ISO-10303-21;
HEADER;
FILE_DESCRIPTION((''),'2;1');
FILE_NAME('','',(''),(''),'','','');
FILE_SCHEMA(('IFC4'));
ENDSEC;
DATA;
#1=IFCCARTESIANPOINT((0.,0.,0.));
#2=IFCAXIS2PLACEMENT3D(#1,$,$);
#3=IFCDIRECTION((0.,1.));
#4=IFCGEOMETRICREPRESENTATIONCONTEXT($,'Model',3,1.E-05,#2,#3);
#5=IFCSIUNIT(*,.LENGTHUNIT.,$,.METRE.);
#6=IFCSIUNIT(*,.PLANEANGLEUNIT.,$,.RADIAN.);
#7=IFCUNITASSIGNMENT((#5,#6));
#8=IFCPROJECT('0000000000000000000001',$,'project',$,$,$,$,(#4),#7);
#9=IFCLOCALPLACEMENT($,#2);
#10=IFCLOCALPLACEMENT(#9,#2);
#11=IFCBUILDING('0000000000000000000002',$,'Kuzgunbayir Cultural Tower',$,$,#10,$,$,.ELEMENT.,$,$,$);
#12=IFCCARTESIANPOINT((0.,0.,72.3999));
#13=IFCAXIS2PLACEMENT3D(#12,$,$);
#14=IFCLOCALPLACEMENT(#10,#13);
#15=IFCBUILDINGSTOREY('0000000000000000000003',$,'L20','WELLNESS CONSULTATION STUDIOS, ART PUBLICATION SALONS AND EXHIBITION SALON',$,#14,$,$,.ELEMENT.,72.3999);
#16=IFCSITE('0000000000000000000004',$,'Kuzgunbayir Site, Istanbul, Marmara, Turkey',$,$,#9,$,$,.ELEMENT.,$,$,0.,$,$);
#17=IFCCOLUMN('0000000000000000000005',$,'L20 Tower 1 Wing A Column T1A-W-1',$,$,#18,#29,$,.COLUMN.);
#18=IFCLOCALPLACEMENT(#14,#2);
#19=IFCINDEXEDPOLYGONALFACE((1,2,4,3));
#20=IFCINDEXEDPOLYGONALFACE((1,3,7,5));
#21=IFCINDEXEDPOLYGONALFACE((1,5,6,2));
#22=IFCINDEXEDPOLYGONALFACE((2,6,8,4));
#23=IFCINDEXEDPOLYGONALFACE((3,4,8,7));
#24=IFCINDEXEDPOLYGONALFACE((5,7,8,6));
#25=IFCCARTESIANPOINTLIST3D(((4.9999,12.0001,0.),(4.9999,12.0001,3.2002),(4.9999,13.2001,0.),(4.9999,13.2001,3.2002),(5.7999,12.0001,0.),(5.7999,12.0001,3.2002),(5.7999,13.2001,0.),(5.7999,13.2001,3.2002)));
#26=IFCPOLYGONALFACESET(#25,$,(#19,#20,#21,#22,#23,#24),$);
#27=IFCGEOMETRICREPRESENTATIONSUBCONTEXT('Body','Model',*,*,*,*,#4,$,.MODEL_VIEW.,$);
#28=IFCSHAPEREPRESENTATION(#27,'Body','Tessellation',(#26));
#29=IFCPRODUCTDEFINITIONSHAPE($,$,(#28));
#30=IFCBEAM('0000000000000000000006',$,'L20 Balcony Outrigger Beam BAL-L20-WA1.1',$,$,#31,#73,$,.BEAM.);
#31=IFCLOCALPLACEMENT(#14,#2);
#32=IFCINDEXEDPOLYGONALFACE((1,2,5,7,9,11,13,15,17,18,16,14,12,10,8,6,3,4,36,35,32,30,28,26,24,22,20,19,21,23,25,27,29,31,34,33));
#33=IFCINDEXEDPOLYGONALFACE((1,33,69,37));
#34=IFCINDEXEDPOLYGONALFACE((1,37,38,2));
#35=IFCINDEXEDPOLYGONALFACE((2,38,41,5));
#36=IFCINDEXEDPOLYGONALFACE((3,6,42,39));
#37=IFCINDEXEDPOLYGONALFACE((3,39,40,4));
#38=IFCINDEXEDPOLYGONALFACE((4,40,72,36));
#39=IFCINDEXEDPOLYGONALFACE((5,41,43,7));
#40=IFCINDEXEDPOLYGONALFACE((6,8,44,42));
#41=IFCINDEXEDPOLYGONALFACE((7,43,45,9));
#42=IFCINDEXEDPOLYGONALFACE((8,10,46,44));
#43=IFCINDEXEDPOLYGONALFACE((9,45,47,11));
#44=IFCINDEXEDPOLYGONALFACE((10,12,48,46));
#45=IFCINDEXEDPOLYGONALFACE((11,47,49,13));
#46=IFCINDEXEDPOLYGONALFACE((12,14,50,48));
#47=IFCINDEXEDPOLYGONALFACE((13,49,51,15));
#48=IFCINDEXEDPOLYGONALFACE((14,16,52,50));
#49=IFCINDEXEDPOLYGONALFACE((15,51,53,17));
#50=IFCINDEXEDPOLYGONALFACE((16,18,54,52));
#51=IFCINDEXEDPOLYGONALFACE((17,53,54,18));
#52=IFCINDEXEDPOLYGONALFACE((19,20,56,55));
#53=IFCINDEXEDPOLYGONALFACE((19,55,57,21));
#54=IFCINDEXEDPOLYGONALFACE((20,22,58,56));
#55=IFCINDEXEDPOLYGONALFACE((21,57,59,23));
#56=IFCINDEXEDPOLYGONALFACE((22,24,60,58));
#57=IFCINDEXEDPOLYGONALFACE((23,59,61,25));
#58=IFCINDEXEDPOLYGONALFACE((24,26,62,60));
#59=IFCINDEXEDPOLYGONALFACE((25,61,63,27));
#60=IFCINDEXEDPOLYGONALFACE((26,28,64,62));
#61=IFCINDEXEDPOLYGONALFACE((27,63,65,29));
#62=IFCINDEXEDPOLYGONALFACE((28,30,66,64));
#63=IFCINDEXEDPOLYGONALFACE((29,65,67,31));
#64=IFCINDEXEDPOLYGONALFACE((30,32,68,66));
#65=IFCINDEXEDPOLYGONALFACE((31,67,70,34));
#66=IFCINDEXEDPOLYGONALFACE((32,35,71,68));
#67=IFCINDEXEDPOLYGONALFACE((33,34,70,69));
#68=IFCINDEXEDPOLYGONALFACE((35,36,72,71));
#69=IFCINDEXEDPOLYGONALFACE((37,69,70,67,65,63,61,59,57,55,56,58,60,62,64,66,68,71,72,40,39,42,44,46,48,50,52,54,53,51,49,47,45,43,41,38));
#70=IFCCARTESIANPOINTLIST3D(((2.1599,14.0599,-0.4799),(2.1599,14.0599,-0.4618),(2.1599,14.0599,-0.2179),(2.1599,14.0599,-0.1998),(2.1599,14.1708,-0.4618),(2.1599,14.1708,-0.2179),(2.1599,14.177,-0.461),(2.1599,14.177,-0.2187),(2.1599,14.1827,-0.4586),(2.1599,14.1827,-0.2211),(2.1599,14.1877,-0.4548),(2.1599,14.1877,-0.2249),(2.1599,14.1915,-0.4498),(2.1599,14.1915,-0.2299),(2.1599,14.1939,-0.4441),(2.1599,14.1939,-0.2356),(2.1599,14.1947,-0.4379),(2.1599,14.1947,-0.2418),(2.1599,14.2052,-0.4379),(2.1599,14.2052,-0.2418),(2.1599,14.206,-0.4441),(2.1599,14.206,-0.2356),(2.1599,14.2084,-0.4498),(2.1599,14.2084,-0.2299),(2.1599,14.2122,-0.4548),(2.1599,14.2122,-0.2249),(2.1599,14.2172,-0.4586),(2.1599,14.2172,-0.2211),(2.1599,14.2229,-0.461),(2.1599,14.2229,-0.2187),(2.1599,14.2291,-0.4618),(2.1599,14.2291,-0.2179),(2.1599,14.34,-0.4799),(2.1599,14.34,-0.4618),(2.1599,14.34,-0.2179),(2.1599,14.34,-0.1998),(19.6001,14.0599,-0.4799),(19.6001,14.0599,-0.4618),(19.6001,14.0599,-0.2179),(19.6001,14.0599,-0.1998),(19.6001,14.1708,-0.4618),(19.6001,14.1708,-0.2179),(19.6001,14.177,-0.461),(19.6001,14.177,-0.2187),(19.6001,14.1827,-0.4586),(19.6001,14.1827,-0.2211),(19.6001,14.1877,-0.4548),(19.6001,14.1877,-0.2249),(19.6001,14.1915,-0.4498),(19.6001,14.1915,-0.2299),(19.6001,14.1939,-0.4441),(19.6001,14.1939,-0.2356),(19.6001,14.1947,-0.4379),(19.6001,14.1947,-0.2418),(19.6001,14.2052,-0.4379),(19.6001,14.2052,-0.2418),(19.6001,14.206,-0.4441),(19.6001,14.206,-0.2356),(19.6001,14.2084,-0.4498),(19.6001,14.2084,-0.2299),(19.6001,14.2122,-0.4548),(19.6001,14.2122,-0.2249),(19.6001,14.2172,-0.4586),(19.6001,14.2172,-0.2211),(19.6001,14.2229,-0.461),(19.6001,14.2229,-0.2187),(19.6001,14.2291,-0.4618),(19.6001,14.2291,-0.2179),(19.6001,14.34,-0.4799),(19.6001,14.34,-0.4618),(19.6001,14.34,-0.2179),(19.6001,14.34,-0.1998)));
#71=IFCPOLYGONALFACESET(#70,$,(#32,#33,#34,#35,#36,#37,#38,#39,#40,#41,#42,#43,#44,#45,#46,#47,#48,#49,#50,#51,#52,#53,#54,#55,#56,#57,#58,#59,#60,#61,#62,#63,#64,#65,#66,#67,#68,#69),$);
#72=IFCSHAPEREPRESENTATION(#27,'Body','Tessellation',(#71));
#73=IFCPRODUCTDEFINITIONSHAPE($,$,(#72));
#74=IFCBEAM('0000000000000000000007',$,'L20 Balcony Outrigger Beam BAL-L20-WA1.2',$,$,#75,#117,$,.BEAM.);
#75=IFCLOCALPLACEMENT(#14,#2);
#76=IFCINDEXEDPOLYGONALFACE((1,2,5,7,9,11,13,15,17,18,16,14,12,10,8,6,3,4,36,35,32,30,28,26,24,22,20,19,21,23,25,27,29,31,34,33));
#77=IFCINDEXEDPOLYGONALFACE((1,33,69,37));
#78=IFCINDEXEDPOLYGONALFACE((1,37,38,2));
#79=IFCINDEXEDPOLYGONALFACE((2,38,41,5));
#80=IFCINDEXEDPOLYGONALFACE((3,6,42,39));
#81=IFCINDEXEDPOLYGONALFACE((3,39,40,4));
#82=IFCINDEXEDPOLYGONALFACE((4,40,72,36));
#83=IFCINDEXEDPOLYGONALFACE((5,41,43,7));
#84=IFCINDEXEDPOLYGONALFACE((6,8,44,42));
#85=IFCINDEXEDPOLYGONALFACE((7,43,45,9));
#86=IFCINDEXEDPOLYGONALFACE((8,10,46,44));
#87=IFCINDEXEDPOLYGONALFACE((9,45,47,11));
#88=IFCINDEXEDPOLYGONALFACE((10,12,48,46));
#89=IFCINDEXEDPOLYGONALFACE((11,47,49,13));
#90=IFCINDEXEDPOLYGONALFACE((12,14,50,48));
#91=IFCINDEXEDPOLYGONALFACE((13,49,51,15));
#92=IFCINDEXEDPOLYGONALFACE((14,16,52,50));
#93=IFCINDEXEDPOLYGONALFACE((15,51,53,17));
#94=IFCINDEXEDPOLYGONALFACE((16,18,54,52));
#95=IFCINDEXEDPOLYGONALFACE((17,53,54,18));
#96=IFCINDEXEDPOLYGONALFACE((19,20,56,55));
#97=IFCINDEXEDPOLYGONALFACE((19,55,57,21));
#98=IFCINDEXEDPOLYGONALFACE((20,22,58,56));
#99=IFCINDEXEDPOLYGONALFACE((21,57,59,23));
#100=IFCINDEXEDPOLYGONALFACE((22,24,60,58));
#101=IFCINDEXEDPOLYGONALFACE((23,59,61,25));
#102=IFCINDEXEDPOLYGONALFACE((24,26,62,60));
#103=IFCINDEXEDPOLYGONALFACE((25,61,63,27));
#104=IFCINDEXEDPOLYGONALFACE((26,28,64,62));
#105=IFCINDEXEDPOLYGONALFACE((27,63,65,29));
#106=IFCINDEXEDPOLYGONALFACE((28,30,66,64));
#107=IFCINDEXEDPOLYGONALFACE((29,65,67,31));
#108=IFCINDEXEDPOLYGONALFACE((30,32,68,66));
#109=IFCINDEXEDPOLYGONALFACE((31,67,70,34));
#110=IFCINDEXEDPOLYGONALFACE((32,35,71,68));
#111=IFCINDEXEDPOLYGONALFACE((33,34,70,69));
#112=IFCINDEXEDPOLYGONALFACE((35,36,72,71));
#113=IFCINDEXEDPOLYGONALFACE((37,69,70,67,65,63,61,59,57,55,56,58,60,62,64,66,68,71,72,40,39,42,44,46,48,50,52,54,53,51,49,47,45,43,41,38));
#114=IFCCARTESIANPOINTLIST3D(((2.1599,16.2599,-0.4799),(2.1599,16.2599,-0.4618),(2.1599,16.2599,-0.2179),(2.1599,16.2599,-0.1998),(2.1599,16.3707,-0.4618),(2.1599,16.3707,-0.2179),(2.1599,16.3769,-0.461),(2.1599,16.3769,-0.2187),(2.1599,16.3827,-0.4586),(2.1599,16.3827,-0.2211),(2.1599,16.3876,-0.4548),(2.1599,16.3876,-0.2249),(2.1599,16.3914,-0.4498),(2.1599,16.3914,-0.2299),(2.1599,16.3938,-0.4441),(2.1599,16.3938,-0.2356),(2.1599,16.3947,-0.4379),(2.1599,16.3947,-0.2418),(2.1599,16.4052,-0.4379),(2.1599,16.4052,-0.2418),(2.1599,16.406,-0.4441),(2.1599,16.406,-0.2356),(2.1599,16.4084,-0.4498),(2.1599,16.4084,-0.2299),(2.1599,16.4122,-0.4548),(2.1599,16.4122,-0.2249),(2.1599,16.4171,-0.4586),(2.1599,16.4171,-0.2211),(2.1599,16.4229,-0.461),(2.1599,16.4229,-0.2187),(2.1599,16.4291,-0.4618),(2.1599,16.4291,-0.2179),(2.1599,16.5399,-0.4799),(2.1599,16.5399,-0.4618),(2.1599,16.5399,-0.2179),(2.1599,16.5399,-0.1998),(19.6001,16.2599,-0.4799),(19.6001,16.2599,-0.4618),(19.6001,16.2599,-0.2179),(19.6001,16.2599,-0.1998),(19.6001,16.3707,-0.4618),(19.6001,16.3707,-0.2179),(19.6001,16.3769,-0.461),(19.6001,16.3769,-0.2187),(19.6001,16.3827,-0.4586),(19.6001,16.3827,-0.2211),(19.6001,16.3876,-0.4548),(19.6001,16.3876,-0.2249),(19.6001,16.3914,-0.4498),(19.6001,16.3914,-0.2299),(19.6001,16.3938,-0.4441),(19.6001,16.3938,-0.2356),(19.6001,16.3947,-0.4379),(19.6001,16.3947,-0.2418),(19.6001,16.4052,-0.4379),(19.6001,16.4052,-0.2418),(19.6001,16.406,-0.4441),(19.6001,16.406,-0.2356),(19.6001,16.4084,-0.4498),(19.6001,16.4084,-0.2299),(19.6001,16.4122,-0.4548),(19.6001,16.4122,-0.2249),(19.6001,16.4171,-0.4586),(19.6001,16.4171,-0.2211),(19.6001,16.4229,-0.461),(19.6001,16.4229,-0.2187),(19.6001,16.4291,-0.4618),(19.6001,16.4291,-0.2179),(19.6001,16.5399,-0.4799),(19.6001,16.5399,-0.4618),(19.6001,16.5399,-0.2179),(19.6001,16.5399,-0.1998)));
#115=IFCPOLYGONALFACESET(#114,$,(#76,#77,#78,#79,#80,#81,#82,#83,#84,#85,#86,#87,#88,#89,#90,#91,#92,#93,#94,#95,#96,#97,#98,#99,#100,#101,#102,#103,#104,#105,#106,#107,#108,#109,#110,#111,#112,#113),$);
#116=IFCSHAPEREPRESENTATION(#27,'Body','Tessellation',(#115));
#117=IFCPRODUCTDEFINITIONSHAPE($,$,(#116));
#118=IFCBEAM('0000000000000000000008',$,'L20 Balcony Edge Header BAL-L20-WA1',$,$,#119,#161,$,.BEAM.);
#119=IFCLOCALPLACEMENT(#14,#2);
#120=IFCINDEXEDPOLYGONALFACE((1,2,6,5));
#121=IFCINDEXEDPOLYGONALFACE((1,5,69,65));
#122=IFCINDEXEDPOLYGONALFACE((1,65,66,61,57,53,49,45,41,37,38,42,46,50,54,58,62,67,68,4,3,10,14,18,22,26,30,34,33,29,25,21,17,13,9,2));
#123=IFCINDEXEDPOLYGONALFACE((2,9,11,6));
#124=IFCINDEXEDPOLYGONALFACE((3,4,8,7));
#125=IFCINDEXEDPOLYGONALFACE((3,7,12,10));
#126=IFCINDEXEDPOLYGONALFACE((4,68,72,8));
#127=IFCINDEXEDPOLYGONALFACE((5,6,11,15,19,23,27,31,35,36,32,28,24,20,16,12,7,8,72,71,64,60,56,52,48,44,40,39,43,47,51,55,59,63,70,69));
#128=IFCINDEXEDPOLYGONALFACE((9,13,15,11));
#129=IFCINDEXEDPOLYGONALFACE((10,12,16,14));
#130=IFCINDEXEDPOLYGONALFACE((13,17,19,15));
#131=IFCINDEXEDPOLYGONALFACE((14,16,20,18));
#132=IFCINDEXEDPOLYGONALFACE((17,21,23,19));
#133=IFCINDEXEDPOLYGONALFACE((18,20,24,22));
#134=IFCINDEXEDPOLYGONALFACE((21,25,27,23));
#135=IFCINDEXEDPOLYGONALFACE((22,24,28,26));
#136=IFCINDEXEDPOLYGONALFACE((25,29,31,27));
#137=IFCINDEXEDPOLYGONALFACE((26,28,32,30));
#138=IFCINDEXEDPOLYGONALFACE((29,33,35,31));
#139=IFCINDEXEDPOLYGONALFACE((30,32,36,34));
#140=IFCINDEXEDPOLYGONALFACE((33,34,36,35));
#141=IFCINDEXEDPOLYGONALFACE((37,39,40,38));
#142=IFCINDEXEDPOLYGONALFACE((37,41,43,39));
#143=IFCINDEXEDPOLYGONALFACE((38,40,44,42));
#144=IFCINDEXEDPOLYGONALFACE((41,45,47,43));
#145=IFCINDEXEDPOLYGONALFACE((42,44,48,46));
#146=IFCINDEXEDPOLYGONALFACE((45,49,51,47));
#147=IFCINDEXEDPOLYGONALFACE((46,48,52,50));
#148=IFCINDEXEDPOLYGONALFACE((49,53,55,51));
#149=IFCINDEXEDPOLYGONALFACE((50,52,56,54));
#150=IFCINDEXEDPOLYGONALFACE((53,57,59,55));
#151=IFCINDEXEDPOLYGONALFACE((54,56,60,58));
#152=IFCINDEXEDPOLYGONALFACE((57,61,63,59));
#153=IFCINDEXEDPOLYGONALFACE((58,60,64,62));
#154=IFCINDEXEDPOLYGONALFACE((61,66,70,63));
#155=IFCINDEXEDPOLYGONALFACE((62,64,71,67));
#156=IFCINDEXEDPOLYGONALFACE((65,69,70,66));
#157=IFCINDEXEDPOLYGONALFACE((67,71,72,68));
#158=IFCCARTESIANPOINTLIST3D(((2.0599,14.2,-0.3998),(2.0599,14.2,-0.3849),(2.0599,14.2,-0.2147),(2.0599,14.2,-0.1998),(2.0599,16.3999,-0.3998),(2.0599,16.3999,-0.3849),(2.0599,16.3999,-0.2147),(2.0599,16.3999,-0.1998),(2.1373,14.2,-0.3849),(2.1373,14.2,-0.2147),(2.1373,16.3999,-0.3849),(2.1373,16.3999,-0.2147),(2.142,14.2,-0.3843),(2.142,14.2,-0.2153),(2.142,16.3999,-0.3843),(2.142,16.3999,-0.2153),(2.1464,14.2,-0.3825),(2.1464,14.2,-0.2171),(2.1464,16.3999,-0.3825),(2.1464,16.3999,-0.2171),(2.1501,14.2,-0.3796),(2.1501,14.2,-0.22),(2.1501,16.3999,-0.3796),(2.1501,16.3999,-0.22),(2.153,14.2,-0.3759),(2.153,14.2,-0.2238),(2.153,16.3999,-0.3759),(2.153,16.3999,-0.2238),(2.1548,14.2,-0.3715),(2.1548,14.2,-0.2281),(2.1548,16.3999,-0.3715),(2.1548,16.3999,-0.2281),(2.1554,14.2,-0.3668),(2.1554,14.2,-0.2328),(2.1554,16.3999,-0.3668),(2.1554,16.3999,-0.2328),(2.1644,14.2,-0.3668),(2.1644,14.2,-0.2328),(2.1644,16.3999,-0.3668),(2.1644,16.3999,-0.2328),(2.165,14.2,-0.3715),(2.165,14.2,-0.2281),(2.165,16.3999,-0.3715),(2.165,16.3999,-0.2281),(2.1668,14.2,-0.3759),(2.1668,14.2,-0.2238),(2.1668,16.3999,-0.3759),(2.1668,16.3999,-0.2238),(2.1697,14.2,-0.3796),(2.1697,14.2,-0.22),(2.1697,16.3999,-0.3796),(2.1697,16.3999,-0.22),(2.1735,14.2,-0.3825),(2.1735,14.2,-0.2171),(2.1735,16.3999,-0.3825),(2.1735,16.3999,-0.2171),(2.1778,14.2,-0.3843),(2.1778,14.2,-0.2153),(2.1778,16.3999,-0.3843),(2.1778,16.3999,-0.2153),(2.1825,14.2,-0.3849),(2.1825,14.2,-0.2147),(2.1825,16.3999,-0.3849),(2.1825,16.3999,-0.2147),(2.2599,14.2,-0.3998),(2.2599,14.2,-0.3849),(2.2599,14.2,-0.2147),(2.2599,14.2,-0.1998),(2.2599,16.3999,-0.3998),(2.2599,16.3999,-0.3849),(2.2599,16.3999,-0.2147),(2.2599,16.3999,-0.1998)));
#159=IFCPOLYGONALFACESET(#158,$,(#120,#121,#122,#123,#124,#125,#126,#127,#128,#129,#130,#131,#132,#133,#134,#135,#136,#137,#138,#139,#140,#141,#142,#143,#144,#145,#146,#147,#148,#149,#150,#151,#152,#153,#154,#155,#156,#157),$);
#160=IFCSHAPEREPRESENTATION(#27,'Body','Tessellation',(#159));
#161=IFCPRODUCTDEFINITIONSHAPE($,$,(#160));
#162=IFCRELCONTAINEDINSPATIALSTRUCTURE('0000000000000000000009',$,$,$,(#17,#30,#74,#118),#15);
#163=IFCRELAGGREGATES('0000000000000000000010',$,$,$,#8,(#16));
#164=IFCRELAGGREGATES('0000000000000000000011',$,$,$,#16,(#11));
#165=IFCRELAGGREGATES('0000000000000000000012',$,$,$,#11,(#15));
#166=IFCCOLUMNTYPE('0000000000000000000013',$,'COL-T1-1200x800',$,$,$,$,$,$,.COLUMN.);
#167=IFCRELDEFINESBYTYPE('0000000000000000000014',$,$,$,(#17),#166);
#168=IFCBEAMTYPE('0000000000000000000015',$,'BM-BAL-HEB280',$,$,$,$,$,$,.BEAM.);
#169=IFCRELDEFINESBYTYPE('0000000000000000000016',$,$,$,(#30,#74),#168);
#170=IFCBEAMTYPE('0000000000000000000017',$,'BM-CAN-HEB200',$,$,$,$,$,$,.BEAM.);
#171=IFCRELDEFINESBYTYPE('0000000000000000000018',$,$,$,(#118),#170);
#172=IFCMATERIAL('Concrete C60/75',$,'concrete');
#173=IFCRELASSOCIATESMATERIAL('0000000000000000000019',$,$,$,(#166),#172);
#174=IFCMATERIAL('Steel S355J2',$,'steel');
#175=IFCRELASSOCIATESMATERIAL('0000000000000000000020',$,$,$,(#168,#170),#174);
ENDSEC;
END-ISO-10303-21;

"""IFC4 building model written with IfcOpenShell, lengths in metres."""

from ifc_helpers import new_model, si_unit, direction, frame, origin, origin_2d, place, context, subcontext, project, spatial, rectangle, i_section, extrude, material, material_profile, profile_set, type_object, element, save


model = new_model("IFC4")

# Units and contexts
model_context = context("Model", 3, precision=1e-05, world=origin(), true_north=direction((0.0, 1.0)))
body_context = subcontext(model_context, "Body", "Model", "MODEL_VIEW")
ifc_project = project(units=[si_unit("LENGTHUNIT", "METRE"), si_unit("PLANEANGLEUNIT", "RADIAN")], contexts=[model_context])

# Site, building, storey
site_placement = place(None, origin())
site = spatial("IfcSite", under=ifc_project, at=site_placement, Name="Kuzgunbayir Site, Istanbul, Marmara, Turkey", CompositionType="ELEMENT", RefElevation=0.0)
building_placement = place(site_placement, origin())
building = spatial("IfcBuilding", under=site, at=building_placement, Name="Kuzgunbayir Cultural Tower", CompositionType="ELEMENT")
storey_placement = place(building_placement, frame((0.0, 0.0, 72.3999)))
storey = spatial("IfcBuildingStorey", under=building, at=storey_placement, Name="L20", Description="WELLNESS CONSULTATION STUDIOS, ART PUBLICATION SALONS AND EXHIBITION SALON", CompositionType="ELEMENT", Elevation=72.3999)

# Column
ifc_material_1 = material(Name="Concrete C60/75", Category="concrete")
ifc_material_profile_1 = material_profile(ifc_material_1, rectangle(XDim=0.8, YDim=1.2, at=origin_2d()), Name="RC 1200x800")
ifc_profile_set_1 = profile_set([ifc_material_profile_1], Name="Concrete C60/75")
column_type = type_object("IfcColumnType", Name="COL-T1-1200x800", PredefinedType="COLUMN", material=ifc_profile_set_1)
column_placement = place(storey_placement, frame((5.3999, 12.6001, 0.0), z_axis=(0.0, 0.0, 1.0), x_axis=(1.0, 0.0, 0.0)))
element("IfcColumn", 1, at=column_placement, inside=storey, type_object=column_type, Name="L20 Tower 1 Wing A Column T1A-W-1", PredefinedType="COLUMN", context=body_context, shape_type="SweptSolid", body=[
    extrude(rectangle(XDim=0.8, YDim=1.2, at=origin_2d()), origin(), (0.0, 0.0, 1.0), 3.2002),
])

# Beams
ifc_material_2 = material(Name="Steel S355J2", Category="steel")
ifc_material_profile_2 = material_profile(ifc_material_2, i_section(OverallWidth=0.28, OverallDepth=0.28, WebThickness=0.0105, FlangeThickness=0.0181, FilletRadius=0.0239, at=origin_2d()), Name="HEB 280")
ifc_profile_set_2 = profile_set([ifc_material_profile_2], Name="Steel S355J2")
beam_type_1 = type_object("IfcBeamType", Name="BM-BAL-HEB280", PredefinedType="BEAM", material=ifc_profile_set_2)
for number, where, z_axis, x_axis, name in (
    (2, (2.1599, 14.2, -0.3398), (1.0, 0.0, 0.0), (0.0, 1.0, 0.0), "L20 Balcony Outrigger Beam BAL-L20-WA1.1"),
    (3, (2.1599, 16.3999, -0.3398), (1.0, 0.0, 0.0), (0.0, 1.0, 0.0), "L20 Balcony Outrigger Beam BAL-L20-WA1.2"),
):
    element("IfcBeam", number, at=place(storey_placement, frame(where, z_axis=z_axis, x_axis=x_axis)), inside=storey, type_object=beam_type_1, Name=name, PredefinedType="BEAM", context=body_context, shape_type="SweptSolid", body=[
        extrude(i_section(OverallWidth=0.28, OverallDepth=0.28, WebThickness=0.0105, FlangeThickness=0.0181, FilletRadius=0.0239, at=origin_2d()), origin(), (0.0, 0.0, 1.0), 17.4402),
    ])
ifc_material_profile_3 = material_profile(ifc_material_2, i_section(OverallWidth=0.2, OverallDepth=0.2, WebThickness=0.009, FlangeThickness=0.0149, FilletRadius=0.0181, at=origin_2d()), Name="HEB 200")
ifc_profile_set_3 = profile_set([ifc_material_profile_3], Name="Steel S355J2")
beam_type_2 = type_object("IfcBeamType", Name="BM-CAN-HEB200", PredefinedType="BEAM", material=ifc_profile_set_3)
beam_1_placement = place(storey_placement, frame((2.1599, 14.2, -0.2998), z_axis=(0.0, 1.0, 0.0), x_axis=(-1.0, 0.0, 0.0)))
element("IfcBeam", 4, at=beam_1_placement, inside=storey, type_object=beam_type_2, Name="L20 Balcony Edge Header BAL-L20-WA1", PredefinedType="BEAM", context=body_context, shape_type="SweptSolid", body=[
    extrude(i_section(OverallWidth=0.2, OverallDepth=0.2, WebThickness=0.009, FlangeThickness=0.0149, FilletRadius=0.0181, at=origin_2d()), origin(), (0.0, 0.0, 1.0), 2.2),
])

save(model, "model.ifc")
